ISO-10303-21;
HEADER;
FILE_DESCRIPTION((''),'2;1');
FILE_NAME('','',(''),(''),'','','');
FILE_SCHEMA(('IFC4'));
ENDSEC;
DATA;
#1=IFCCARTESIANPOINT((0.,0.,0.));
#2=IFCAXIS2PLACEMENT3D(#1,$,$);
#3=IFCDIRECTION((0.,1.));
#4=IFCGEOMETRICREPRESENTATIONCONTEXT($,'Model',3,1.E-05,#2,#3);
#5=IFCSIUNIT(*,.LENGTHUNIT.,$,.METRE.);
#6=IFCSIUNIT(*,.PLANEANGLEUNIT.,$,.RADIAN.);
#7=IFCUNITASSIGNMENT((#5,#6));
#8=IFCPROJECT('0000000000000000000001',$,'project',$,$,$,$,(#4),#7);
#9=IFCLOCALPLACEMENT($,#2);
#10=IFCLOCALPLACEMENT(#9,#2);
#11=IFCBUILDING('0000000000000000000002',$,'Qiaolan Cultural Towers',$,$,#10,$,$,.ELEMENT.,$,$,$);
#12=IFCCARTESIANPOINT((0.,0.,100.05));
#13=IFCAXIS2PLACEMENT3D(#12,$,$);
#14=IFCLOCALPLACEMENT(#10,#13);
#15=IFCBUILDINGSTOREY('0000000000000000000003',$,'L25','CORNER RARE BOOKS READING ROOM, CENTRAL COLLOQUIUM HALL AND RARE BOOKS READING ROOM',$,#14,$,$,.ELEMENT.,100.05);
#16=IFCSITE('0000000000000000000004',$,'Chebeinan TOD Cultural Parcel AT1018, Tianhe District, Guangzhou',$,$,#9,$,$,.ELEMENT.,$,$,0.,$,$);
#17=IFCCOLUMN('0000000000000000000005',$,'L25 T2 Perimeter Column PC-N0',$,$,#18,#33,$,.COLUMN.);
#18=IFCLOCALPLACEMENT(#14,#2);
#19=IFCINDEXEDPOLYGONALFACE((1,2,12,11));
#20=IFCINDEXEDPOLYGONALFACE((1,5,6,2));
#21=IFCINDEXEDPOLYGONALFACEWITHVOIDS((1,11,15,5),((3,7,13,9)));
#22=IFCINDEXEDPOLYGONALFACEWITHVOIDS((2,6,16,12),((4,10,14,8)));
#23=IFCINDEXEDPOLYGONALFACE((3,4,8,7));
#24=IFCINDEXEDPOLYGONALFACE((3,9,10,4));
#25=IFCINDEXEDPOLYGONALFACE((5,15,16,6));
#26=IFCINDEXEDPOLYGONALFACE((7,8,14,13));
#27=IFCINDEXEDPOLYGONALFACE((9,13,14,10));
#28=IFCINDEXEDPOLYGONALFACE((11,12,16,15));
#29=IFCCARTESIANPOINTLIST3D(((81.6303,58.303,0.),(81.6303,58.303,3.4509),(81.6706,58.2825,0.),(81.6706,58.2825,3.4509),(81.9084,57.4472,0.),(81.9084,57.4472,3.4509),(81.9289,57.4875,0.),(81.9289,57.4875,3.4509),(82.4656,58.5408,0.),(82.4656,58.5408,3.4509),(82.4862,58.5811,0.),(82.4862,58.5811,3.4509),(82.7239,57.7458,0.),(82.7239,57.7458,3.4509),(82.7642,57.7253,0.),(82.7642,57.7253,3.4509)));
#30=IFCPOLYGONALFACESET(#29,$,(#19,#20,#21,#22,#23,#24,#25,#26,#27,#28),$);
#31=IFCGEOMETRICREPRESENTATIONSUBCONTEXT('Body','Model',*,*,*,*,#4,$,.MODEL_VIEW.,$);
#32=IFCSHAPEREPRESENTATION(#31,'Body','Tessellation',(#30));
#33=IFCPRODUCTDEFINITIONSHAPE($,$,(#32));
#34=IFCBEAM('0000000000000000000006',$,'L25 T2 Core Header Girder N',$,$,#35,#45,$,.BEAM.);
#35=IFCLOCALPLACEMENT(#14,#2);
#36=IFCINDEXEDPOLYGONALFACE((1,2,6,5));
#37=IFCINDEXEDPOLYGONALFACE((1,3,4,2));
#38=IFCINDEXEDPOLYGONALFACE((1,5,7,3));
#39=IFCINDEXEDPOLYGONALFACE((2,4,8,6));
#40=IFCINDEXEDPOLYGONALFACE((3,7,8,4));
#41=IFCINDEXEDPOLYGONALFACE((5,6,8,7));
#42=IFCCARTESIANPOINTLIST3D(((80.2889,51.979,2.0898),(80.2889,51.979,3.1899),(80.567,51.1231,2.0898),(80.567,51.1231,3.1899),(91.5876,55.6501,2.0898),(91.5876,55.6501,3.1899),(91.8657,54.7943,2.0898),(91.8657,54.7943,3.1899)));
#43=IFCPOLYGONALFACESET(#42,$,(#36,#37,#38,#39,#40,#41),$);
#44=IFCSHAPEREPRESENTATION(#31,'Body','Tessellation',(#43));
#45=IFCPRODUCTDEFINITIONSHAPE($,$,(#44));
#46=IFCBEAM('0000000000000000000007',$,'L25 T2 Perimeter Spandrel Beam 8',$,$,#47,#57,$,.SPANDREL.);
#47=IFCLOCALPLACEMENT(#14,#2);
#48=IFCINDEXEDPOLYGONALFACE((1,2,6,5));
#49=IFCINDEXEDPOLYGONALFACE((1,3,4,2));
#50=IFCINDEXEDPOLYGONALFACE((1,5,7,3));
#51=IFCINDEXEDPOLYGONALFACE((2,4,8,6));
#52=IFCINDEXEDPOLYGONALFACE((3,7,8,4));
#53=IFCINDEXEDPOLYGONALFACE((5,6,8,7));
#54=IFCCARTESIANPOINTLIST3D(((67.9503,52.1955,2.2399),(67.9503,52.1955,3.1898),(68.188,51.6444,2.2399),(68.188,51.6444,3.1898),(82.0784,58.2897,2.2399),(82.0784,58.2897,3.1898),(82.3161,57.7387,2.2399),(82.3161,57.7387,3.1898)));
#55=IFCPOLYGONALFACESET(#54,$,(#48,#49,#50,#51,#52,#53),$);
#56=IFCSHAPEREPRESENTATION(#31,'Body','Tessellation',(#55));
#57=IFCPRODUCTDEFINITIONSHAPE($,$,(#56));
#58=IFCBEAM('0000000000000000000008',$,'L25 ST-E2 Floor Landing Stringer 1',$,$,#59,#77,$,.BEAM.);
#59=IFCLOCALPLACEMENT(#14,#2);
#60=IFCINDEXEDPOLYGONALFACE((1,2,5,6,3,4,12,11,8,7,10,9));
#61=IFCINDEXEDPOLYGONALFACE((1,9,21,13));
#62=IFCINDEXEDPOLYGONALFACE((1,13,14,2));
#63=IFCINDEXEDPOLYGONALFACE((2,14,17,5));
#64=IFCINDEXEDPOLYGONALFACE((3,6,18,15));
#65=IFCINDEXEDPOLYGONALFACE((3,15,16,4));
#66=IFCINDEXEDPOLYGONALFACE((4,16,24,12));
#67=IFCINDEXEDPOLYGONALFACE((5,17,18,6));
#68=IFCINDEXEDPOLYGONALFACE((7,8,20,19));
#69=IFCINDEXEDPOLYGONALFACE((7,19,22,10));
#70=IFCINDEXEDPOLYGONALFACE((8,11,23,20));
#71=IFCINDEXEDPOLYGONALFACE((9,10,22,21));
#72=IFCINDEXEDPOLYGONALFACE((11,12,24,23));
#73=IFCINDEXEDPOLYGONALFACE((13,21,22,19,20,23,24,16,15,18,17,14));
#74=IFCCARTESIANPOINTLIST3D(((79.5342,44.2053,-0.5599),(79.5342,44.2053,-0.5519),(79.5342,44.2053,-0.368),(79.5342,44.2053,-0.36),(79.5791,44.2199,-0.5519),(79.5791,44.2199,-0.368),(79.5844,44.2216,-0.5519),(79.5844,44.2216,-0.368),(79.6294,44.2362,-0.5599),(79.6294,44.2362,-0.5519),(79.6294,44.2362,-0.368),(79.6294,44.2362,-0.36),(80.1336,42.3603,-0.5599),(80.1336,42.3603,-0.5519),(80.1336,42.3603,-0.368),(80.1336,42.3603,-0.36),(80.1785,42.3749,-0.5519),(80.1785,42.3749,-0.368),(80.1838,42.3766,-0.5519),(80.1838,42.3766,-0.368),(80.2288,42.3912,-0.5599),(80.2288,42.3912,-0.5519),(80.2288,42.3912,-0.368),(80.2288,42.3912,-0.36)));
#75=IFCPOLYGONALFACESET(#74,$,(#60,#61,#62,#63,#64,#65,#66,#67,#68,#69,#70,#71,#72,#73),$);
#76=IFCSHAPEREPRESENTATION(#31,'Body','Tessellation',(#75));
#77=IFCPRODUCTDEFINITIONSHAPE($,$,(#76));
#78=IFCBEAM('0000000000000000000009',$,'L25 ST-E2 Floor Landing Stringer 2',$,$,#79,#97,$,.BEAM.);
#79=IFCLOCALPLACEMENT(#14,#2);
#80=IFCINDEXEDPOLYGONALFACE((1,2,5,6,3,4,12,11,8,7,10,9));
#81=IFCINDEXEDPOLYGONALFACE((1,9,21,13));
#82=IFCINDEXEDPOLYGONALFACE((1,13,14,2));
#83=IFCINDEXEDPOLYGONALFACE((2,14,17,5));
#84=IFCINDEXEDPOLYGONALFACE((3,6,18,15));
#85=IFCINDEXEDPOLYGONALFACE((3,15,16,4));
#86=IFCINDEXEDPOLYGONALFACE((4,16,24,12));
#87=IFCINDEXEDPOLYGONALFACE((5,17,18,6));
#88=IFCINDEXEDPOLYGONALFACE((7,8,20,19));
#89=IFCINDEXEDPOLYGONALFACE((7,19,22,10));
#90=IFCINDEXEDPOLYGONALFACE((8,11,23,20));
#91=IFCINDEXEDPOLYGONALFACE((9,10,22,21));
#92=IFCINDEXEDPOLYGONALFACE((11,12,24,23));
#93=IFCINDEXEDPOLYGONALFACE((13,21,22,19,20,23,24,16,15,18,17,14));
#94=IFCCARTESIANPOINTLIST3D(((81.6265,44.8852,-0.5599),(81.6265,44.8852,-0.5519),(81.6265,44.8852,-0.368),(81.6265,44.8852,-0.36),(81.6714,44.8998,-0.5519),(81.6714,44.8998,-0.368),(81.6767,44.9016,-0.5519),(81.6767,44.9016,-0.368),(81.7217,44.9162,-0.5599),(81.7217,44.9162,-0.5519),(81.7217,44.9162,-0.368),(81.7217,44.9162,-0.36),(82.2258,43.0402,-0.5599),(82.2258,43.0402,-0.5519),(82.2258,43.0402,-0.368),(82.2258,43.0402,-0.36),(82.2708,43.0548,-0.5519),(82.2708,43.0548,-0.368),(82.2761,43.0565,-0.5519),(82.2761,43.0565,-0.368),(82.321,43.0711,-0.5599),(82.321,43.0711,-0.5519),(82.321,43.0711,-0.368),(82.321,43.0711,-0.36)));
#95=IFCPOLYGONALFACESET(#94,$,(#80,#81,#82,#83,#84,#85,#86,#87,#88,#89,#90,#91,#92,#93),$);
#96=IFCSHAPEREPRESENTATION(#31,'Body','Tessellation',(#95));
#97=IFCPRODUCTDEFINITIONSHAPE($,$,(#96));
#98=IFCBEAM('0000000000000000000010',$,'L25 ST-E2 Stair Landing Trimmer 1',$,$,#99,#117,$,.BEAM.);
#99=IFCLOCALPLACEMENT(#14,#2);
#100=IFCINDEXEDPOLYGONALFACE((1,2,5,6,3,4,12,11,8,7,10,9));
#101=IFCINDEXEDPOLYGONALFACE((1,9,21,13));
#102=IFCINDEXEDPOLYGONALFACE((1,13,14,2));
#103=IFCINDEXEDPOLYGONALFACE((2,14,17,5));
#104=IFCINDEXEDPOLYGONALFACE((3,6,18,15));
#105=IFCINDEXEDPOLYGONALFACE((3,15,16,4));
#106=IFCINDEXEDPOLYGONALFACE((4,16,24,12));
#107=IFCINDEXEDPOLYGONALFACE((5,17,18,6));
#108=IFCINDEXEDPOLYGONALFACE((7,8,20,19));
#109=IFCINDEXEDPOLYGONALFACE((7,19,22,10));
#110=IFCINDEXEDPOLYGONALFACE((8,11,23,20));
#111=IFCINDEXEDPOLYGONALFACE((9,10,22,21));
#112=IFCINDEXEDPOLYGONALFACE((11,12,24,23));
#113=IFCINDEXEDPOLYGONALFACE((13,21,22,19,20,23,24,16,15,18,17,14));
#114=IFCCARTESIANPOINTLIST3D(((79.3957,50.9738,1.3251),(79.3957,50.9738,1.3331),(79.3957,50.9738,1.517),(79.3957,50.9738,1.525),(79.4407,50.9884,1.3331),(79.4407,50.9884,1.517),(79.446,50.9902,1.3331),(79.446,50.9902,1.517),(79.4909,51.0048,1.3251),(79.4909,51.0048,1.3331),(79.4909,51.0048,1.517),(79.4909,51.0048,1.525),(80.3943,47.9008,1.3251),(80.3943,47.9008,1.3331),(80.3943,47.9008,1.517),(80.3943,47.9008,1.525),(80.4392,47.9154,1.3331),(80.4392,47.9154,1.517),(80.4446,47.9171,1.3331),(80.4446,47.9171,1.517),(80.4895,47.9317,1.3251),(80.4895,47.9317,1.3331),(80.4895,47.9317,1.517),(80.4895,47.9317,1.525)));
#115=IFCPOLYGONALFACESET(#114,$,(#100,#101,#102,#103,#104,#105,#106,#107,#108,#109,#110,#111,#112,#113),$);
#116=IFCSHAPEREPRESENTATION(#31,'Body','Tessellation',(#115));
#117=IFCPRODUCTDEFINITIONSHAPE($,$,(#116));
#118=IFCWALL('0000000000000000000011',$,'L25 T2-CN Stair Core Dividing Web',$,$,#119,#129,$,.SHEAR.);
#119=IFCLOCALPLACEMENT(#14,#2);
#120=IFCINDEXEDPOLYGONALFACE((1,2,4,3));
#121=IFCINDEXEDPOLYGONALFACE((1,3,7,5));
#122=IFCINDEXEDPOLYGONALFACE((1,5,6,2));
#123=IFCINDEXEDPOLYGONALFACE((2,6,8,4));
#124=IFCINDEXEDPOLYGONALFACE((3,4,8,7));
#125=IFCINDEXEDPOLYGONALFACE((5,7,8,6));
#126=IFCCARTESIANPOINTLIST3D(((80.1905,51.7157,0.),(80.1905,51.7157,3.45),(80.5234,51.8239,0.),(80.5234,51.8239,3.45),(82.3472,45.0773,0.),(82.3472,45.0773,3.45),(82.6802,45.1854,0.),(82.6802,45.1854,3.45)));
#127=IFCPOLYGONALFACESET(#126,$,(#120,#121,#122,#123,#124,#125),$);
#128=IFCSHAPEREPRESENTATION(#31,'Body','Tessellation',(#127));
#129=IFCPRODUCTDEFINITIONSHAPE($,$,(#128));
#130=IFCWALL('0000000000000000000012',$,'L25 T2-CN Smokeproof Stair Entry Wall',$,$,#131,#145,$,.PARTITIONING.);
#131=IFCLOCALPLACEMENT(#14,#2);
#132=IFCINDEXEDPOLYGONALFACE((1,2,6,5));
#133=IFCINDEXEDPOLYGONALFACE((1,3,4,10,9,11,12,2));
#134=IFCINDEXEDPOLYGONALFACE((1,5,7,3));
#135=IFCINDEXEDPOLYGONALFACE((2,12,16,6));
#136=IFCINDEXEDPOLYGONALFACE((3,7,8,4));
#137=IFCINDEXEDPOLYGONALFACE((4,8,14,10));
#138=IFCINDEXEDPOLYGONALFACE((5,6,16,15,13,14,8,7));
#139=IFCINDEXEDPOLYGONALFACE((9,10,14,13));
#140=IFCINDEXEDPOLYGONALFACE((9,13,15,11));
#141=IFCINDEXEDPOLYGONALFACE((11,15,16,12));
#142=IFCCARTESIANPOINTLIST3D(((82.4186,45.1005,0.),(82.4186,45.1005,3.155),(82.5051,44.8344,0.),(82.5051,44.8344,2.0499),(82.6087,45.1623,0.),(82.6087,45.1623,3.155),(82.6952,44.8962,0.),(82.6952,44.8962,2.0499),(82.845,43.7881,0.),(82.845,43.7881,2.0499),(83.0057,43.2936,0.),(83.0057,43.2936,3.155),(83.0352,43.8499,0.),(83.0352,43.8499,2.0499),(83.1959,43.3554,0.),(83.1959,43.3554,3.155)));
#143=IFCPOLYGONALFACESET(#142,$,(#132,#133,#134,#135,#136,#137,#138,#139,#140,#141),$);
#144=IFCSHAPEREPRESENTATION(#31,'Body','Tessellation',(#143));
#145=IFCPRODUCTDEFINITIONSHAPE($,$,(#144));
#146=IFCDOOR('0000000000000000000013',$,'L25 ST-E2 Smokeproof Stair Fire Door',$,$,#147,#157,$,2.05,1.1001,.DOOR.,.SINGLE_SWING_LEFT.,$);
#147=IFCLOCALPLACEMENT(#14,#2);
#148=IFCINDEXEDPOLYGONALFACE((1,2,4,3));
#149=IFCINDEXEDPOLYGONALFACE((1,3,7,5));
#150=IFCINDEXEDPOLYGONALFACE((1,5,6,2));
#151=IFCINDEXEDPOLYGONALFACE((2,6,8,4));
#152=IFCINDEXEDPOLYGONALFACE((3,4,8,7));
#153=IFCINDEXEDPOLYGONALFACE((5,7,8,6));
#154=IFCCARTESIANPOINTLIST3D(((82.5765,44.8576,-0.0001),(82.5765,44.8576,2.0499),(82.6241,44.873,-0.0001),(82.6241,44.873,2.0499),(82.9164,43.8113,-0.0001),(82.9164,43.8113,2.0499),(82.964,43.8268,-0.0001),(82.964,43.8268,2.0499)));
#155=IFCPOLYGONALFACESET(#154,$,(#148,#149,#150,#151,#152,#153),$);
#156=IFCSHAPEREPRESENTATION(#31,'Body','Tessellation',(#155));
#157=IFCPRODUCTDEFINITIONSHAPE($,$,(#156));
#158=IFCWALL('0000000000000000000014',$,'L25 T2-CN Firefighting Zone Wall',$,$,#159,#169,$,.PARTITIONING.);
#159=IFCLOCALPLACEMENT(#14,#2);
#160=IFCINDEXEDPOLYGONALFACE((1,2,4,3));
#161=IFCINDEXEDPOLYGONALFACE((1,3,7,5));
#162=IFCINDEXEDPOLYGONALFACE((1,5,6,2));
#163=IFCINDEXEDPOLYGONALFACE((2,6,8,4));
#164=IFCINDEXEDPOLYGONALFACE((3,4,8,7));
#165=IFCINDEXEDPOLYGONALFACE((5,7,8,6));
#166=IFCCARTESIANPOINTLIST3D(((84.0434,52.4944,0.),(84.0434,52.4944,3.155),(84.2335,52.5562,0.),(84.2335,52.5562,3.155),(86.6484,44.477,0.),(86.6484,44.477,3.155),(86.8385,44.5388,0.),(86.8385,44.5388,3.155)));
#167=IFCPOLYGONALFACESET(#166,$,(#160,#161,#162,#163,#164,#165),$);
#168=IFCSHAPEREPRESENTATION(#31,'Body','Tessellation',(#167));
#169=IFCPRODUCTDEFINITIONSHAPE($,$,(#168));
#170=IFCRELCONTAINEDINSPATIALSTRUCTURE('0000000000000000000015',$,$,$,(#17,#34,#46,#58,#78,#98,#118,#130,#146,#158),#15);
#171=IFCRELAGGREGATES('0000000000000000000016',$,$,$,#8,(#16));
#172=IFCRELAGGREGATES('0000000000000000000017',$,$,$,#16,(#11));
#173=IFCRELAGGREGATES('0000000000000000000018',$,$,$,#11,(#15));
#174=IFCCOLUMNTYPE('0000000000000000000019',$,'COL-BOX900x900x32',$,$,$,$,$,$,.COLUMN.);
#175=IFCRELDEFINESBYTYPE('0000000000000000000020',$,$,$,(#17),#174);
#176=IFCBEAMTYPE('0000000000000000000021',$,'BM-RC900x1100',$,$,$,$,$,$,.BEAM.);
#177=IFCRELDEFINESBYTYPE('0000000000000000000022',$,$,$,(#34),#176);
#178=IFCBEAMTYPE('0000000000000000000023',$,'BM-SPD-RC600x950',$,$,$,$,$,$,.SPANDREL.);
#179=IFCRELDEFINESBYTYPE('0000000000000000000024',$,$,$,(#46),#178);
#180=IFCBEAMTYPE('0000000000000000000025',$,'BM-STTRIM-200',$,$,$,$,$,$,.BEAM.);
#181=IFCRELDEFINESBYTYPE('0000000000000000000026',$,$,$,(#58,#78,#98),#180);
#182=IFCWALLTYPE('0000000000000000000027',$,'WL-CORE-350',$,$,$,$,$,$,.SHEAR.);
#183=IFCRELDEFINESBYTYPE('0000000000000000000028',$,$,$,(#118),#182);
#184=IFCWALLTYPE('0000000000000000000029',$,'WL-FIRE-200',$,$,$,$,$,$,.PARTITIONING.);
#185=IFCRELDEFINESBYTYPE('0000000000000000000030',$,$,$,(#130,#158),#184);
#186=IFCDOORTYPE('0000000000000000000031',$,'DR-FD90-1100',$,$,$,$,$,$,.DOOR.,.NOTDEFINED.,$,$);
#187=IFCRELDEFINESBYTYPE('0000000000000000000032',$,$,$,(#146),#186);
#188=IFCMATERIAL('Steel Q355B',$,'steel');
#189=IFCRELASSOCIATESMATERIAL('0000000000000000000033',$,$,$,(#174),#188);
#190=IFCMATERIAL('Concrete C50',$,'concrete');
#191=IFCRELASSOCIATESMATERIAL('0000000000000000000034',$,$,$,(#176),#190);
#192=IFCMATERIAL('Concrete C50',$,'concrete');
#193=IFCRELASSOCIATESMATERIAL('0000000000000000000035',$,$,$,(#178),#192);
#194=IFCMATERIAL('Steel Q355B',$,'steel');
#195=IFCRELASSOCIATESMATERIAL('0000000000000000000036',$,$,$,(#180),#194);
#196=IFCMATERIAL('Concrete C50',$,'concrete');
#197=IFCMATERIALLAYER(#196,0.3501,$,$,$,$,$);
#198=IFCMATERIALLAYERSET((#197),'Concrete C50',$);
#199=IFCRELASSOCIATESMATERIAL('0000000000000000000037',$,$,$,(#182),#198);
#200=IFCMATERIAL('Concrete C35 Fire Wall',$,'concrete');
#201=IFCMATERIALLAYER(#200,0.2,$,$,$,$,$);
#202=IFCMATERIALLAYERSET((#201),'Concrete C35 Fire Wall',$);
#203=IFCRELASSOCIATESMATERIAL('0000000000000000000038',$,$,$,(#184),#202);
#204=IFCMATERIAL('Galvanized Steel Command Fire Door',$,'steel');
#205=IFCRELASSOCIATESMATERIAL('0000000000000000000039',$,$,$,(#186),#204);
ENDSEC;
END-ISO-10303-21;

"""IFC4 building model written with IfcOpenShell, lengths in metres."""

from ifc_helpers import new_model, si_unit, direction, frame, frame_2d, origin, origin_2d, place, context, subcontext, project, spatial, rectangle, hollow_rectangle, i_section, extrude, material, layer, layer_set, material_profile, profile_set, type_object, element, fill, save


model = new_model("IFC4")

# Units and contexts
model_context = context("Model", 3, precision=1e-05, world=origin(), true_north=direction((0.0, 1.0)))
body_context = subcontext(model_context, "Body", "Model", "MODEL_VIEW")
ifc_project = project(units=[si_unit("LENGTHUNIT", "METRE"), si_unit("PLANEANGLEUNIT", "RADIAN")], contexts=[model_context])

# Site, building, storey
site_placement = place(None, origin())
site = spatial("IfcSite", under=ifc_project, at=site_placement, Name="Chebeinan TOD Cultural Parcel AT1018, Tianhe District, Guangzhou", CompositionType="ELEMENT", RefElevation=0.0)
building_placement = place(site_placement, origin())
building = spatial("IfcBuilding", under=site, at=building_placement, Name="Qiaolan Cultural Towers", CompositionType="ELEMENT")
storey_placement = place(building_placement, frame((0.0, 0.0, 100.05)))
storey = spatial("IfcBuildingStorey", under=building, at=storey_placement, Name="L25", Description="CORNER RARE BOOKS READING ROOM, CENTRAL COLLOQUIUM HALL AND RARE BOOKS READING ROOM", CompositionType="ELEMENT", Elevation=100.05)

# Column
ifc_material_1 = material(Name="Steel Q355B", Category="steel")
ifc_material_profile_1 = material_profile(ifc_material_1, hollow_rectangle(XDim=0.8999, YDim=0.8999, WallThickness=0.032, at=origin_2d()), Name="BOX900x900x32")
ifc_profile_set_1 = profile_set([ifc_material_profile_1], Name="Steel Q355B")
column_type = type_object("IfcColumnType", Name="COL-BOX900x900x32", PredefinedType="COLUMN", material=ifc_profile_set_1)
column_placement = place(storey_placement, frame((82.1973, 58.0142, 0.0), z_axis=(0.0, 0.0, 1.0), x_axis=(0.951057, 0.309017, 0.0)))
element("IfcColumn", 1, at=column_placement, inside=storey, type_object=column_type, Name="L25 T2 Perimeter Column PC-N0", PredefinedType="COLUMN", context=body_context, shape_type="SweptSolid", body=[
    extrude(hollow_rectangle(XDim=0.8999, YDim=0.8999, WallThickness=0.032, at=origin_2d()), origin(), (0.0, 0.0, 1.0), 3.4509),
])

# Beams
ifc_material_2 = material(Name="Concrete C50", Category="concrete")
ifc_material_profile_2 = material_profile(ifc_material_2, rectangle(XDim=0.8999, YDim=1.1001, at=origin_2d()), Name="RC900x1100")
ifc_profile_set_2 = profile_set([ifc_material_profile_2], Name="Concrete C50")
beam_type_1 = type_object("IfcBeamType", Name="BM-RC900x1100", PredefinedType="BEAM", material=ifc_profile_set_2)
beam_1_placement = place(storey_placement, frame((80.428, 51.551, 2.6399), z_axis=(0.951056, 0.309018, 0.0), x_axis=(-0.309018, 0.951056, 0.0)))
element("IfcBeam", 2, at=beam_1_placement, inside=storey, type_object=beam_type_1, Name="L25 T2 Core Header Girder N", PredefinedType="BEAM", context=body_context, shape_type="SweptSolid", body=[
    extrude(rectangle(XDim=0.8999, YDim=1.1001, at=origin_2d()), origin(), (0.0, 0.0, 1.0), 11.8801),
])
ifc_material_3 = material(Name="Concrete C50", Category="concrete")
ifc_material_profile_3 = material_profile(ifc_material_3, rectangle(XDim=0.6001, YDim=0.95, at=origin_2d()), Name="RC600x950")
ifc_profile_set_3 = profile_set([ifc_material_profile_3], Name="Concrete C50")
beam_type_2 = type_object("IfcBeamType", Name="BM-SPD-RC600x950", PredefinedType="SPANDREL", material=ifc_profile_set_3)
beam_2_placement = place(storey_placement, frame((82.1973, 58.0142, 2.7148), z_axis=(-0.918218, -0.396076, 0.0), x_axis=(0.396076, -0.918218, 0.0)))
element("IfcBeam", 3, at=beam_2_placement, inside=storey, type_object=beam_type_2, Name="L25 T2 Perimeter Spandrel Beam 8", PredefinedType="SPANDREL", context=body_context, shape_type="SweptSolid", body=[
    extrude(rectangle(XDim=0.6001, YDim=0.95, at=origin_2d()), origin(), (0.0, 0.0, 1.0), 15.3865),
])
ifc_material_4 = material(Name="Steel Q355B", Category="steel")
ifc_material_profile_4 = material_profile(ifc_material_4, i_section(OverallWidth=0.1001, OverallDepth=0.2, WebThickness=0.0056, FlangeThickness=0.0081, at=origin_2d()), Name="HN200x100x5.5x8")
ifc_profile_set_4 = profile_set([ifc_material_profile_4], Name="Steel Q355B")
beam_type_3 = type_object("IfcBeamType", Name="BM-STTRIM-200", PredefinedType="BEAM", material=ifc_profile_set_4)
for number, where, z_axis, x_axis, name in (
    (4, (80.1812, 42.3757, -0.46), (-0.308969, 0.951072, 0.0), (-0.951072, -0.308969, 0.0), "L25 ST-E2 Floor Landing Stringer 1"),
    (5, (82.2734, 43.0557, -0.46), (-0.308969, 0.951072, 0.0), (-0.951072, -0.308969, 0.0), "L25 ST-E2 Floor Landing Stringer 2"),
):
    element("IfcBeam", number, at=place(storey_placement, frame(where, z_axis=z_axis, x_axis=x_axis)), inside=storey, type_object=beam_type_3, Name=name, PredefinedType="BEAM", context=body_context, shape_type="SweptSolid", body=[
        extrude(i_section(OverallWidth=0.1001, OverallDepth=0.2, WebThickness=0.0056, FlangeThickness=0.0081, at=origin_2d()), origin(), (0.0, 0.0, 1.0), 1.9399),
    ])
beam_3_placement = place(storey_placement, frame((80.4419, 47.9163, 1.425), z_axis=(-0.309033, 0.951051, 0.0), x_axis=(-0.951051, -0.309033, 0.0)))
element("IfcBeam", 6, at=beam_3_placement, inside=storey, type_object=beam_type_3, Name="L25 ST-E2 Stair Landing Trimmer 1", PredefinedType="BEAM", context=body_context, shape_type="SweptSolid", body=[
    extrude(i_section(OverallWidth=0.1001, OverallDepth=0.2, WebThickness=0.0056, FlangeThickness=0.0081, at=origin_2d()), origin(), (0.0, 0.0, 1.0), 3.2312),
])

# Wall
ifc_material_5 = material(Name="Concrete C50", Category="concrete")
ifc_layer_1 = layer(ifc_material_5, 0.3501)
ifc_layer_set_1 = layer_set([ifc_layer_1], Name="Concrete C50")
wall_type_1 = type_object("IfcWallType", Name="WL-CORE-350", PredefinedType="SHEAR", material=ifc_layer_set_1)
wall_1_placement = place(storey_placement, frame((82.5137, 45.1313, 0.0), z_axis=(0.0, 0.0, 1.0), x_axis=(-0.308989, 0.951066, 0.0)))
element("IfcWall", 7, at=wall_1_placement, inside=storey, type_object=wall_type_1, Name="L25 T2-CN Stair Core Dividing Web", PredefinedType="SHEAR", context=body_context, shape_type="SweptSolid", body=[
    extrude(rectangle(XDim=6.98, YDim=0.3501, at=frame_2d((3.49, 0.0))), origin(), (0.0, 0.0, 1.0), 3.45),
])

# Wall, opening, door
ifc_material_6 = material(Name="Concrete C35 Fire Wall", Category="concrete")
ifc_layer_2 = layer(ifc_material_6, 0.2)
ifc_layer_set_2 = layer_set([ifc_layer_2], Name="Concrete C35 Fire Wall")
wall_type_2 = type_object("IfcWallType", Name="WL-FIRE-200", PredefinedType="PARTITIONING", material=ifc_layer_set_2)
wall_2_placement = place(storey_placement, frame((83.1008, 43.3245, 0.0), z_axis=(0.0, 0.0, 1.0), x_axis=(-0.309048, 0.951046, 0.0)))
wall_2 = element("IfcWall", 8, at=wall_2_placement, inside=storey, type_object=wall_type_2, Name="L25 T2-CN Smokeproof Stair Entry Wall", PredefinedType="PARTITIONING", context=body_context, shape_type="SweptSolid", body=[
    extrude(rectangle(XDim=1.8999, YDim=0.2, at=frame_2d((0.95, 0.0))), origin(), (0.0, 0.0, 1.0), 3.155),
])
opening_1_placement = place(wall_2_placement, frame((0.52, 0.0, 0.0)))
opening_1 = element("IfcOpeningElement", 9, at=opening_1_placement, cuts=wall_2, PredefinedType="OPENING", context=body_context, shape_type="SweptSolid", body=[
    extrude(rectangle(XDim=1.1001, YDim=2.05, at=frame_2d((0.55, 1.0249))), frame((0.0, 0.1099, 0.0), z_axis=(0.0, -1.0, 0.0), x_axis=(1.0, 0.0, 0.0)), (0.0, 0.0, 1.0), 0.22),
])
ifc_material_7 = material(Name="Galvanized Steel Command Fire Door", Category="steel")
door_type_1 = type_object("IfcDoorType", Name="DR-FD90-1100", OperationType="NOTDEFINED", PredefinedType="DOOR", material=ifc_material_7)
door_1_placement = place(opening_1_placement, origin())
door_1 = element("IfcDoor", 10, at=door_1_placement, inside=storey, type_object=door_type_1, Name="L25 ST-E2 Smokeproof Stair Fire Door", OperationType="SINGLE_SWING_LEFT", OverallHeight=2.05, OverallWidth=1.1001, PredefinedType="DOOR", context=body_context, shape_type="SweptSolid", body=[
    extrude(rectangle(XDim=1.1001, YDim=2.05, at=frame_2d((0.55, 1.0249))), frame((0.0, 0.0249, 0.0), z_axis=(0.0, -1.0, 0.0), x_axis=(1.0, 0.0, 0.0)), (0.0, 0.0, 1.0), 0.05),
])
fill(opening_1, door_1)

# Wall
wall_3_placement = place(storey_placement, frame((86.7434, 44.5081, 0.0), z_axis=(0.0, 0.0, 1.0), x_axis=(-0.309016, 0.951057, 0.0)))
element("IfcWall", 11, at=wall_3_placement, inside=storey, type_object=wall_type_2, Name="L25 T2-CN Firefighting Zone Wall", PredefinedType="PARTITIONING", context=body_context, shape_type="SweptSolid", body=[
    extrude(rectangle(XDim=8.4299, YDim=0.2, at=frame_2d((4.2148, 0.0))), origin(), (0.0, 0.0, 1.0), 3.155),
])

save(model, "model.ifc")
